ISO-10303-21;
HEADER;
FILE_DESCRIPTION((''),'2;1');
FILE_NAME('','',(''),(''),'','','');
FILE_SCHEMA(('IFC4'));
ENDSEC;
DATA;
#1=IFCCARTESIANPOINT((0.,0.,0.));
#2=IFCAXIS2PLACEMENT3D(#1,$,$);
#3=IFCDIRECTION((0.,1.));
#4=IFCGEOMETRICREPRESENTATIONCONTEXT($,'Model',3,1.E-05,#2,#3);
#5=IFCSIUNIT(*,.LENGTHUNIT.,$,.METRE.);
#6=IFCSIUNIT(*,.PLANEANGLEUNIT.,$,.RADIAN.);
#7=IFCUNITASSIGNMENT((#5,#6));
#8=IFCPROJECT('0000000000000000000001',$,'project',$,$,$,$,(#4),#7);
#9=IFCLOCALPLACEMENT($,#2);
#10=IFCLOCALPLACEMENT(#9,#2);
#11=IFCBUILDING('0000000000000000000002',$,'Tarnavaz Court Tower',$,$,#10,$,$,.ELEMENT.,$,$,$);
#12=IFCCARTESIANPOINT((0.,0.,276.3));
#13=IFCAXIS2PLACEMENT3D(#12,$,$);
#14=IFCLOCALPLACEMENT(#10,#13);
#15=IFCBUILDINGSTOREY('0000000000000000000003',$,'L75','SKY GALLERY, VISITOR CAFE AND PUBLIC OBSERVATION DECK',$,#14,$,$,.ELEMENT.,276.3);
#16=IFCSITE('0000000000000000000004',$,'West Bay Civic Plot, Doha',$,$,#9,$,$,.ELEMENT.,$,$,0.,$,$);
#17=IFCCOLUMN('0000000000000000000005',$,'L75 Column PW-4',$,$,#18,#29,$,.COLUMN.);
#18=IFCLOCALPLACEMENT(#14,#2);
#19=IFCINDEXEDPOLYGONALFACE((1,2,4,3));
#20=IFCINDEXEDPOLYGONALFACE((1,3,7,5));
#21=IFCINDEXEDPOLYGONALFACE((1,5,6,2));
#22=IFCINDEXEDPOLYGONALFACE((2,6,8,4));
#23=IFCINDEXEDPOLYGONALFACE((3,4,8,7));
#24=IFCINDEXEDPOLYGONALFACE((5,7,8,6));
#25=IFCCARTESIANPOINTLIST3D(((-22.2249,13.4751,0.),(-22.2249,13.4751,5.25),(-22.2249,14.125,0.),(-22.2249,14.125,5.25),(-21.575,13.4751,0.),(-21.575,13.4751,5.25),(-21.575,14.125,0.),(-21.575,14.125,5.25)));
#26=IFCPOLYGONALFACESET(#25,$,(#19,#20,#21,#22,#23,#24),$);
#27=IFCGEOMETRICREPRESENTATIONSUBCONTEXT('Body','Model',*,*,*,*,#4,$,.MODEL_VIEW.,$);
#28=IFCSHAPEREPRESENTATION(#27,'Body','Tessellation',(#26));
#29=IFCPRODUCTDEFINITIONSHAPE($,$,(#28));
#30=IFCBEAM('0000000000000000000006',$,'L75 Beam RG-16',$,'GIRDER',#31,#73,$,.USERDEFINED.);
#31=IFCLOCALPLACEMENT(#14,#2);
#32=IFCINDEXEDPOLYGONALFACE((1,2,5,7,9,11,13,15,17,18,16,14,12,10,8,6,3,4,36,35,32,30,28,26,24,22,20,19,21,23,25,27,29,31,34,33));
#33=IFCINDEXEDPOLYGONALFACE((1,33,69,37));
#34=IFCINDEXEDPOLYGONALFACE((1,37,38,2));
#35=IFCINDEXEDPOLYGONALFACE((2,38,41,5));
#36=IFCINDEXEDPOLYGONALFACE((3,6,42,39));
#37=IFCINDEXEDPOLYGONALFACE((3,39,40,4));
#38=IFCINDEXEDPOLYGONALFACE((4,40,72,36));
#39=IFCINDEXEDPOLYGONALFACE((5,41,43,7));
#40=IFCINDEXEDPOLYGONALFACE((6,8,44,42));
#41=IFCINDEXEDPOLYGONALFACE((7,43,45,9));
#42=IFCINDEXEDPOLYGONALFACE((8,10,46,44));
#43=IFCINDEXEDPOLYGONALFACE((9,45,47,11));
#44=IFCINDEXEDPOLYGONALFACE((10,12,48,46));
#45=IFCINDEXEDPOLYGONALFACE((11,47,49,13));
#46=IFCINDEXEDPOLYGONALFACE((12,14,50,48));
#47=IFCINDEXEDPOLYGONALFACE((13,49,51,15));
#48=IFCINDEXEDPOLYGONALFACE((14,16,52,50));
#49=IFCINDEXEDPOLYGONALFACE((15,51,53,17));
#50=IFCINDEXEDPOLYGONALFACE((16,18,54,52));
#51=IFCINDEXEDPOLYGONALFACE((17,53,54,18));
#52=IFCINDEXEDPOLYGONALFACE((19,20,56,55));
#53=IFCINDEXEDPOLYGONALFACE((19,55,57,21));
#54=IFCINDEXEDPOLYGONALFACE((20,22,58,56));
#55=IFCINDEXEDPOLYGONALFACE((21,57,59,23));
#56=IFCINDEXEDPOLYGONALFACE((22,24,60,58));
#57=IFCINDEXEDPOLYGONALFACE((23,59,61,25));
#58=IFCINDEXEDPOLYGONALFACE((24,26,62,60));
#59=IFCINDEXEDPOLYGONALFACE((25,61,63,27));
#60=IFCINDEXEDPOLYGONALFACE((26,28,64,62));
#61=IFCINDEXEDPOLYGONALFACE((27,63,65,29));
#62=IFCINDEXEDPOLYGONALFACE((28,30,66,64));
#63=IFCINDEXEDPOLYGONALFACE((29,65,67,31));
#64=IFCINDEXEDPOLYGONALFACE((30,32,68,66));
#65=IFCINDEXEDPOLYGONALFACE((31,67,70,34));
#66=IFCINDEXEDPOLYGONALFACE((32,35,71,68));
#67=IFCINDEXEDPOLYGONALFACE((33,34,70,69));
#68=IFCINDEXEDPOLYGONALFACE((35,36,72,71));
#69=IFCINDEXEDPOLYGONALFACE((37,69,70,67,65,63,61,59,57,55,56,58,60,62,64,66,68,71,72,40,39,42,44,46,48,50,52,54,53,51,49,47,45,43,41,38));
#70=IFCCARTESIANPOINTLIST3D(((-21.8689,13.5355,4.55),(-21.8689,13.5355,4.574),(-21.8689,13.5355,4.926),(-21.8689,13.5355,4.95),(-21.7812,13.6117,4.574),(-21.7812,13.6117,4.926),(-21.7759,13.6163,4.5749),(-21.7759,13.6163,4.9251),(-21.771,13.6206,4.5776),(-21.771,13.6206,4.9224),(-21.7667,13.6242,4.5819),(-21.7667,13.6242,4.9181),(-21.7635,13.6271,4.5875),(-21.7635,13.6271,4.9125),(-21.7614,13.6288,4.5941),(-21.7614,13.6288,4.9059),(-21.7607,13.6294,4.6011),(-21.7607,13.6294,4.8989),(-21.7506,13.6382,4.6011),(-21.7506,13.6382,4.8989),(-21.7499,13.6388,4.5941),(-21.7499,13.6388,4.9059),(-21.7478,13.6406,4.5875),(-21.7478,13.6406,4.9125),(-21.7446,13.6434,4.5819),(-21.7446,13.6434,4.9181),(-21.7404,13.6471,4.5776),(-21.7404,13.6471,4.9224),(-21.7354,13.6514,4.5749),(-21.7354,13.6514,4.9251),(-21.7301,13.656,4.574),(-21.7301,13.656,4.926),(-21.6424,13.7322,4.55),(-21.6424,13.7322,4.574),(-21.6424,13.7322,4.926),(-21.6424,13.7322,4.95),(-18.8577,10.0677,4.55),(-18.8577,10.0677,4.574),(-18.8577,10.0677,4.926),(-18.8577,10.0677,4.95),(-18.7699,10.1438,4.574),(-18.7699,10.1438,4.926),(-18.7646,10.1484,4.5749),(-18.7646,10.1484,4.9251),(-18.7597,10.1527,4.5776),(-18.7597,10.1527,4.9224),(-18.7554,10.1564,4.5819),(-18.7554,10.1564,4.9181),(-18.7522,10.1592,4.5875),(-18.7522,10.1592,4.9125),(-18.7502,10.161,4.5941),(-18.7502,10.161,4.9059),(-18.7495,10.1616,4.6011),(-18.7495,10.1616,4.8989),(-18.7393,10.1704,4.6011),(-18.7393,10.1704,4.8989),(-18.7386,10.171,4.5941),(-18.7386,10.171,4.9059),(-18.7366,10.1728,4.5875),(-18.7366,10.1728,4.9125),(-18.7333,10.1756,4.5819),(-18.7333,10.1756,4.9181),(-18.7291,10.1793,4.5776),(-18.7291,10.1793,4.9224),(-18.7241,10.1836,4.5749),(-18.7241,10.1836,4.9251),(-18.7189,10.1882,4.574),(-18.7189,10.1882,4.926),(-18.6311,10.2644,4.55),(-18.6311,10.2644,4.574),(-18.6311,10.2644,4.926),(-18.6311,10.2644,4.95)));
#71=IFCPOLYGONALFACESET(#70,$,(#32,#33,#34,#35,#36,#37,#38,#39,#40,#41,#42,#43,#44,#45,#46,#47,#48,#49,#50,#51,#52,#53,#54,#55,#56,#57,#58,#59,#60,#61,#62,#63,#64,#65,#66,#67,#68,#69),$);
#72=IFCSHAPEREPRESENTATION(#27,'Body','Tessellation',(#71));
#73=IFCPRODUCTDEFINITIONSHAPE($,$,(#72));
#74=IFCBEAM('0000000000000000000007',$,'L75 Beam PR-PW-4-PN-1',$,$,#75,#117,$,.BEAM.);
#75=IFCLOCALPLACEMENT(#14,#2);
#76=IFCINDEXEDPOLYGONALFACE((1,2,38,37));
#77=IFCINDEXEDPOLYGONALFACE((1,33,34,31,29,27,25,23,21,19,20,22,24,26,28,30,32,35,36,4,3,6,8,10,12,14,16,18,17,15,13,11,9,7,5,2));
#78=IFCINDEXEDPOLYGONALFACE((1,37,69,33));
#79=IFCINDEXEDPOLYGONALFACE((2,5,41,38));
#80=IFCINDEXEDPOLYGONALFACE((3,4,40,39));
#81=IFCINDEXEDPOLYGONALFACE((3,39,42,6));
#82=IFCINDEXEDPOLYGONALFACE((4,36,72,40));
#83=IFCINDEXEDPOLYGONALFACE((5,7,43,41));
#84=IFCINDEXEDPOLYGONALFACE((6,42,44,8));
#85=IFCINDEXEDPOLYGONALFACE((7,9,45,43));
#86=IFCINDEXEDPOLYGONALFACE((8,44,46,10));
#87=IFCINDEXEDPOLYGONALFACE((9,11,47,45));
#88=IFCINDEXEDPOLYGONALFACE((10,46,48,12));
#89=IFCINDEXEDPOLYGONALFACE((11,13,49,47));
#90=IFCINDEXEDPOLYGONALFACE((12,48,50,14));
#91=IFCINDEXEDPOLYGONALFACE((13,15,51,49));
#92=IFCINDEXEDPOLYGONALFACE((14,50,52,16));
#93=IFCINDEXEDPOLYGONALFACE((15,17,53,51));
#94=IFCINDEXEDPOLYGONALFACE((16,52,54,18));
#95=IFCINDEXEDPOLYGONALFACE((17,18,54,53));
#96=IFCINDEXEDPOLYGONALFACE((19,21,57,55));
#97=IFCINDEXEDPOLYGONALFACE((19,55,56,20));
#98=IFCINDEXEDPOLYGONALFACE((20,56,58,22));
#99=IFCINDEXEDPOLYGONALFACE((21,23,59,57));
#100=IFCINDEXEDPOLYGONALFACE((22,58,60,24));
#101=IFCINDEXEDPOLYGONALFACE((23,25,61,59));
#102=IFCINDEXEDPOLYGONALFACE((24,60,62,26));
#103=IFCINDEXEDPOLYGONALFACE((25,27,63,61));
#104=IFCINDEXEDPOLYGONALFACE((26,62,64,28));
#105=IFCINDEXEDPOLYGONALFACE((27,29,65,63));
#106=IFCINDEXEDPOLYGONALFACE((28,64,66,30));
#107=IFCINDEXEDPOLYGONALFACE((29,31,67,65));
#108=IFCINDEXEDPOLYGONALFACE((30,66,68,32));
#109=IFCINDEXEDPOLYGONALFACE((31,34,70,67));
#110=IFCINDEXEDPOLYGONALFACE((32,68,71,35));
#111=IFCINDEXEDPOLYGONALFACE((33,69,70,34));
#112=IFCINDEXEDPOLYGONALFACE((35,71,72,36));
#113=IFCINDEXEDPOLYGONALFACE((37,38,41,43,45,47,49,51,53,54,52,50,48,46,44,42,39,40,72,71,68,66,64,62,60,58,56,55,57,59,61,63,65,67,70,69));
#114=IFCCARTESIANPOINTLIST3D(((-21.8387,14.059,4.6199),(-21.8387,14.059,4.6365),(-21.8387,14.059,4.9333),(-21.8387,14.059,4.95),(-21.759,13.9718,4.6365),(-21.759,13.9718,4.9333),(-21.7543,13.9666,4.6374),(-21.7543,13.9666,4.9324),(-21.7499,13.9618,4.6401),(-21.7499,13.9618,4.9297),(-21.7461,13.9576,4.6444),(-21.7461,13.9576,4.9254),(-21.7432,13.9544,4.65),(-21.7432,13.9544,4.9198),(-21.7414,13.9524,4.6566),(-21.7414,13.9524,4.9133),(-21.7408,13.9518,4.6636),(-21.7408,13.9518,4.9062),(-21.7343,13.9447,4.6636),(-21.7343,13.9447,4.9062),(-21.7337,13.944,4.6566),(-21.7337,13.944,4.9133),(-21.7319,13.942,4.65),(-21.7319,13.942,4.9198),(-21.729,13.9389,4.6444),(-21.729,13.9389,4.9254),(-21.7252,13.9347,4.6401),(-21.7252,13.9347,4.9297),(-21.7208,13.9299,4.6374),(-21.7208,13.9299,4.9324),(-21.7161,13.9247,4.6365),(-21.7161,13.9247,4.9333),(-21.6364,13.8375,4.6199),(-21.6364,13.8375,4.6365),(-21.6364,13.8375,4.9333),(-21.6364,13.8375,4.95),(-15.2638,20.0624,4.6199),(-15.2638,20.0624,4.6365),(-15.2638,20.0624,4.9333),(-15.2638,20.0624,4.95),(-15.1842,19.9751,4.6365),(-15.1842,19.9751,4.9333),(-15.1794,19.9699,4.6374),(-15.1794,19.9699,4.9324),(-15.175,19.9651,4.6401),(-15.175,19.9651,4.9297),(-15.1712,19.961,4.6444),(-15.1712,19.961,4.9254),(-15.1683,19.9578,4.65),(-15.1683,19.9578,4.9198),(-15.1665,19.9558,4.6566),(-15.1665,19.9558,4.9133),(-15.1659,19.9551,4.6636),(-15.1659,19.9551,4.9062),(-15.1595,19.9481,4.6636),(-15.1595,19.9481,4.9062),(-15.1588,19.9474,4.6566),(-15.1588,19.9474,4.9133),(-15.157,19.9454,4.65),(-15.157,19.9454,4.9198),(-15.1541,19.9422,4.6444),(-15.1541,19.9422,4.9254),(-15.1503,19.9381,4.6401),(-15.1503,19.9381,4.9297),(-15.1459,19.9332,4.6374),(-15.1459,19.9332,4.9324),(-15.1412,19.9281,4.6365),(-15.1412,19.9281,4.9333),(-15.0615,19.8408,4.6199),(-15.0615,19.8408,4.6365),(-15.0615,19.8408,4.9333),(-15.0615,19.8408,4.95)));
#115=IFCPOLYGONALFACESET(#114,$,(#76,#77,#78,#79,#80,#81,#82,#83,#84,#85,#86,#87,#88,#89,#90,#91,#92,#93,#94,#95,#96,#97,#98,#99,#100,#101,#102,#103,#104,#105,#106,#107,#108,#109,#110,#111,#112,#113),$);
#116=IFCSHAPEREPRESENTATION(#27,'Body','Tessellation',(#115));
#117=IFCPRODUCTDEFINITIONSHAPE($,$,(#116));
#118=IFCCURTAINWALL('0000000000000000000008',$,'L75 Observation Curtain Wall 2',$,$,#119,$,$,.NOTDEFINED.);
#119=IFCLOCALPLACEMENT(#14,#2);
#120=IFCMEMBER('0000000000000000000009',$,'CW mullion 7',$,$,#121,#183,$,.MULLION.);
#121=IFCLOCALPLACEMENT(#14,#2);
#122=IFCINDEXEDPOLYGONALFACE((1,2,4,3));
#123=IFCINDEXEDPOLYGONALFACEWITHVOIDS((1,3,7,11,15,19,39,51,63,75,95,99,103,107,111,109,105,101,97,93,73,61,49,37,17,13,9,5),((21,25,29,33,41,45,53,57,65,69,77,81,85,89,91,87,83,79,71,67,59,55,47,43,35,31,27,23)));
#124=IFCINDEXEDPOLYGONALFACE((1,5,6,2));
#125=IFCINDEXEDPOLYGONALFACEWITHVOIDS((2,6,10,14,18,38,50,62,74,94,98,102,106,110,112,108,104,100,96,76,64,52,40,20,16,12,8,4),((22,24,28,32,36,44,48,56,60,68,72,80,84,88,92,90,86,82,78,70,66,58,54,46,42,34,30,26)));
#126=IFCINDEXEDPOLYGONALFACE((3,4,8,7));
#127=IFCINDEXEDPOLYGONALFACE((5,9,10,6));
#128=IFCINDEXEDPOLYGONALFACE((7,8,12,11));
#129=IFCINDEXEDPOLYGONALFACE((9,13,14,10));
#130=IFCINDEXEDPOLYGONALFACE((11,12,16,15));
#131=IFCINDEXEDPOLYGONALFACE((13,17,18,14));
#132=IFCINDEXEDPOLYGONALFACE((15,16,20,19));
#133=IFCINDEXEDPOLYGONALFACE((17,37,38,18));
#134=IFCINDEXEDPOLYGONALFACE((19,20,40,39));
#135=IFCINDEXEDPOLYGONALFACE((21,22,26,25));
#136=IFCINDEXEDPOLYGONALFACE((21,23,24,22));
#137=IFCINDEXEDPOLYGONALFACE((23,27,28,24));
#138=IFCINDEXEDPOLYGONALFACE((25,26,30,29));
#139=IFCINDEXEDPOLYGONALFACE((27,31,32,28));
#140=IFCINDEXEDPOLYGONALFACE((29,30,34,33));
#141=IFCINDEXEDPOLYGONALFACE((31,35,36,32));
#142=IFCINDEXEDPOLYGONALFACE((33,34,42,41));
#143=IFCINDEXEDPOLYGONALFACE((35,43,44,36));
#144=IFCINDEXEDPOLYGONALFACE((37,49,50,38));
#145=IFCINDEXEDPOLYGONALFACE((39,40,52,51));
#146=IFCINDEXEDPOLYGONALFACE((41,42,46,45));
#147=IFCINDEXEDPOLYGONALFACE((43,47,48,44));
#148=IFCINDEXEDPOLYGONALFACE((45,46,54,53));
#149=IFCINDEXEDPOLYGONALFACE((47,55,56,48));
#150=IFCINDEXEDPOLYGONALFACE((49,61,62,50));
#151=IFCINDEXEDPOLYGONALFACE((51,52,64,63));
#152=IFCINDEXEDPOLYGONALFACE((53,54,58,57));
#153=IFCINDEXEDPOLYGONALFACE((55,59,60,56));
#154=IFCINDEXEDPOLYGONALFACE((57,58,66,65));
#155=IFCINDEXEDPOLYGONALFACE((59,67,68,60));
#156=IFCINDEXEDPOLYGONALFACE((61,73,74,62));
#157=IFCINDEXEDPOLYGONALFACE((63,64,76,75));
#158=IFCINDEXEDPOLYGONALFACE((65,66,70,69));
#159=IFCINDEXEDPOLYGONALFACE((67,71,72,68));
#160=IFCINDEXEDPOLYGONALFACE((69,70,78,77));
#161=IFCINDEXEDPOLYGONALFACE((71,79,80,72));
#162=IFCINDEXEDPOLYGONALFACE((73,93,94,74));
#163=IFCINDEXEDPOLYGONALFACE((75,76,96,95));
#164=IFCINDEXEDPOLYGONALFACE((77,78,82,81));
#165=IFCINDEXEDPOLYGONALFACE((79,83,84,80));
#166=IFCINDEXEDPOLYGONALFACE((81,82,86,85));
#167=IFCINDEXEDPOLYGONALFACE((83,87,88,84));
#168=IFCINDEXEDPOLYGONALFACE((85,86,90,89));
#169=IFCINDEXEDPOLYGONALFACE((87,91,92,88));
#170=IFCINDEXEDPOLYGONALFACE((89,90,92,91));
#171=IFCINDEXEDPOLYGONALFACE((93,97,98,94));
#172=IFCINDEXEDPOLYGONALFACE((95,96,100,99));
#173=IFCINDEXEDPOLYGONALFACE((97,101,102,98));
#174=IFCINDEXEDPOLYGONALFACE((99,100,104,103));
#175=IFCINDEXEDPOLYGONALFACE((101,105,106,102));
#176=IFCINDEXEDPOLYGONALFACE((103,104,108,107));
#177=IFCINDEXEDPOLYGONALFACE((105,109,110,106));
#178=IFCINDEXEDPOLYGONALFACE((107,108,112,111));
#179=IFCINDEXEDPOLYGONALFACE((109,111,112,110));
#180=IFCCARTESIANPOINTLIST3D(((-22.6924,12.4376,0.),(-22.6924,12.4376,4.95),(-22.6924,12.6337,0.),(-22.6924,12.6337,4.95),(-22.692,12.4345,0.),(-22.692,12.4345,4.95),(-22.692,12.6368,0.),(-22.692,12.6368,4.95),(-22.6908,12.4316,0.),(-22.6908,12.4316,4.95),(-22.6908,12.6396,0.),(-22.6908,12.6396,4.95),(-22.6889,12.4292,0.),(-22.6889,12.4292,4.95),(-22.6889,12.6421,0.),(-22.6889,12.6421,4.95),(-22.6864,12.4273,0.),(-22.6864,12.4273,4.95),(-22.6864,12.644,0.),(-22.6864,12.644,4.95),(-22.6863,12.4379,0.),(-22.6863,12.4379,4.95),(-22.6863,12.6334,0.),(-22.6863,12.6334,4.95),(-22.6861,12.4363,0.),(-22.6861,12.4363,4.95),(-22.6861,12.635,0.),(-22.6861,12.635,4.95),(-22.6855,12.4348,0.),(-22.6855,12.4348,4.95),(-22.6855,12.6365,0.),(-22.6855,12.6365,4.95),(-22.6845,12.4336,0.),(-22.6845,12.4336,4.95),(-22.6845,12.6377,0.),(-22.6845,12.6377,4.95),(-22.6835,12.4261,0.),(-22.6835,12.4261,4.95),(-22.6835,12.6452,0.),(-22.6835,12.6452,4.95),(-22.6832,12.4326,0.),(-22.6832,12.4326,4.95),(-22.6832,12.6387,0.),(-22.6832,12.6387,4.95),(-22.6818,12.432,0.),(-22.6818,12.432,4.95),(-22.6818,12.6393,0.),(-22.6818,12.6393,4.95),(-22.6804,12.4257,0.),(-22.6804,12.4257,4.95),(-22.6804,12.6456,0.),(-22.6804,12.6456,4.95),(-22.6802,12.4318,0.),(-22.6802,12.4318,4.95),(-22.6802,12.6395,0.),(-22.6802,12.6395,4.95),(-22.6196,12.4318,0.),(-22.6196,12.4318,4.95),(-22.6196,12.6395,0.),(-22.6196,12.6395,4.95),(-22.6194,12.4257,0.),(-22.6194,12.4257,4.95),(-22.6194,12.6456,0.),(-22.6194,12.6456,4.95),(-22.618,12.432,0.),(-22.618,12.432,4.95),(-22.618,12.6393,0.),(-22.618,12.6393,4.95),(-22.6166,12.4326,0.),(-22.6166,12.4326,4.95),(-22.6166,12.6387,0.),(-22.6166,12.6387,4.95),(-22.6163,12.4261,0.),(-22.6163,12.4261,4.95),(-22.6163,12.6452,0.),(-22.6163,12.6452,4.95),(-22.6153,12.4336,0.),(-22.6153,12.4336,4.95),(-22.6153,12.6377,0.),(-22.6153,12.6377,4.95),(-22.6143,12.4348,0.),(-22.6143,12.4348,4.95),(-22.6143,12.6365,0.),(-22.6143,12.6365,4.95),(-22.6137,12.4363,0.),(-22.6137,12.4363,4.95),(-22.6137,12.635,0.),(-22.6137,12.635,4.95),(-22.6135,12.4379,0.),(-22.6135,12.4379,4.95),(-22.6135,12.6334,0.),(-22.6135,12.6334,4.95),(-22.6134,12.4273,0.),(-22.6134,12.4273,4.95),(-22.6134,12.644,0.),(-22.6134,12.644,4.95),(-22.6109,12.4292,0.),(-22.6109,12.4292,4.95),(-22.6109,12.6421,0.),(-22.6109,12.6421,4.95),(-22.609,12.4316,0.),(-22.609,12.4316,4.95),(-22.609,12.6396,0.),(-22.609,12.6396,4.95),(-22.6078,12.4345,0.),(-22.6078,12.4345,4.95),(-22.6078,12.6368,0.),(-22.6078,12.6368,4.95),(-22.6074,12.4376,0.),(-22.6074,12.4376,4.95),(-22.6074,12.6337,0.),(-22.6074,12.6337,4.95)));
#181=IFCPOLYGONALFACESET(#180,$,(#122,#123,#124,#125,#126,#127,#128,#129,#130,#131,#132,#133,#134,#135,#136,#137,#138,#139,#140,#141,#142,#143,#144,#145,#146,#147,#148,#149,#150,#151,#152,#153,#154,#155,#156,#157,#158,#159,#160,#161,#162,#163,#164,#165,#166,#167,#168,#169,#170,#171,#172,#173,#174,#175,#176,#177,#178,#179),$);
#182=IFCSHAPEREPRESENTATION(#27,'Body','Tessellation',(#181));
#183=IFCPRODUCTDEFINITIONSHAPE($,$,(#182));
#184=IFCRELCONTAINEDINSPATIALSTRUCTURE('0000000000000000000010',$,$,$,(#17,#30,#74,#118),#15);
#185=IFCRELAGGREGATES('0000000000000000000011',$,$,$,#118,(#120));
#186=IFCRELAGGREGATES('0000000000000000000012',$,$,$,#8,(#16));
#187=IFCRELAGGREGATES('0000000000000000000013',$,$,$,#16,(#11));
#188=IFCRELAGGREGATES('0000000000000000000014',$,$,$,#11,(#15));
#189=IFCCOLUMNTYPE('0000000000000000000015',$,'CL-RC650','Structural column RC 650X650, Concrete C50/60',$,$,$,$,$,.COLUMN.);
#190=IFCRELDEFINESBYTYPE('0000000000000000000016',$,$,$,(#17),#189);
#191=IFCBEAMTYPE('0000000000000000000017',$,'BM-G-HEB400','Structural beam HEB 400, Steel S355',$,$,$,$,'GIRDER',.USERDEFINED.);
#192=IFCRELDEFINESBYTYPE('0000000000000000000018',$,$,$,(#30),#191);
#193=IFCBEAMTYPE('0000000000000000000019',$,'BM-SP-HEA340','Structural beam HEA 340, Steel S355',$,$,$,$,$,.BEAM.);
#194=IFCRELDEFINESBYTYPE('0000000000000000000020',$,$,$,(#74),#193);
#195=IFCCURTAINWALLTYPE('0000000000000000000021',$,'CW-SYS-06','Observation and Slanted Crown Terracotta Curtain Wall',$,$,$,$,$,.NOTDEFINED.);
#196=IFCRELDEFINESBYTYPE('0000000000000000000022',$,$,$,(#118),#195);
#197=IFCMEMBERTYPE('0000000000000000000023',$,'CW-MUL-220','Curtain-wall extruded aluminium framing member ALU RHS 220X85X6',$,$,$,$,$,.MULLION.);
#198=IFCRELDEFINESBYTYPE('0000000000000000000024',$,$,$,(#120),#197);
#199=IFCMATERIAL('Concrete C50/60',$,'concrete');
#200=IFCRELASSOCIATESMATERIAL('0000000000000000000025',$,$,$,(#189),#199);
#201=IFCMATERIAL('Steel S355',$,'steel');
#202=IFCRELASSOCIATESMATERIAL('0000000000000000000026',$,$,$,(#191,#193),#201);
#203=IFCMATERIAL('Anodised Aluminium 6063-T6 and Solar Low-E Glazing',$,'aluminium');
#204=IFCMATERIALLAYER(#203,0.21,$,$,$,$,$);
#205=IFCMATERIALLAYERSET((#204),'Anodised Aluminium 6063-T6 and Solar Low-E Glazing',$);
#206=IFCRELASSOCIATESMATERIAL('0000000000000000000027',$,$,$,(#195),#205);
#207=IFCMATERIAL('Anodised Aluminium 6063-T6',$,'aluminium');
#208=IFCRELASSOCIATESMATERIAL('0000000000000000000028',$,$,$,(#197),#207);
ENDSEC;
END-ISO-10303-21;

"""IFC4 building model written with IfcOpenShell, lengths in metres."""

from ifc_helpers import new_model, si_unit, direction, frame, origin, origin_2d, place, context, subcontext, project, spatial, rectangle, hollow_rectangle, i_section, extrude, material, layer, layer_set, material_profile, profile_set, type_object, element, aggregate, save


model = new_model("IFC4")

# Units and contexts
model_context = context("Model", 3, precision=1e-05, world=origin(), true_north=direction((0.0, 1.0)))
body_context = subcontext(model_context, "Body", "Model", "MODEL_VIEW")
ifc_project = project(units=[si_unit("LENGTHUNIT", "METRE"), si_unit("PLANEANGLEUNIT", "RADIAN")], contexts=[model_context])

# Site, building, storey
site_placement = place(None, origin())
site = spatial("IfcSite", under=ifc_project, at=site_placement, Name="West Bay Civic Plot, Doha", CompositionType="ELEMENT", RefElevation=0.0)
building_placement = place(site_placement, origin())
building = spatial("IfcBuilding", under=site, at=building_placement, Name="Tarnavaz Court Tower", CompositionType="ELEMENT")
storey_placement = place(building_placement, frame((0.0, 0.0, 276.3)))
storey = spatial("IfcBuildingStorey", under=building, at=storey_placement, Name="L75", Description="SKY GALLERY, VISITOR CAFE AND PUBLIC OBSERVATION DECK", CompositionType="ELEMENT", Elevation=276.3)

# Column
ifc_material_1 = material(Name="Concrete C50/60", Category="concrete")
ifc_material_profile_1 = material_profile(ifc_material_1, rectangle(XDim=0.6499, YDim=0.6499, at=origin_2d()), Name="RC 650X650")
ifc_profile_set_1 = profile_set([ifc_material_profile_1], Name="Concrete C50/60")
column_type = type_object("IfcColumnType", Name="CL-RC650", Description="Structural column RC 650X650, Concrete C50/60", PredefinedType="COLUMN", material=ifc_profile_set_1)
column_placement = place(storey_placement, frame((-21.8999, 13.8, 0.0), z_axis=(0.0, 0.0, 1.0), x_axis=(1.0, 0.0, 0.0)))
element("IfcColumn", 1, at=column_placement, inside=storey, type_object=column_type, Name="L75 Column PW-4", PredefinedType="COLUMN", context=body_context, shape_type="SweptSolid", body=[
    extrude(rectangle(XDim=0.6499, YDim=0.6499, at=origin_2d()), origin(), (0.0, 0.0, 1.0), 5.25),
])

# Beams
ifc_material_2 = material(Name="Steel S355", Category="steel")
ifc_material_profile_2 = material_profile(ifc_material_2, i_section(OverallWidth=0.3, OverallDepth=0.3999, WebThickness=0.0134, FlangeThickness=0.0239, FilletRadius=0.0271, at=origin_2d()), Name="HEB 400")
ifc_profile_set_2 = profile_set([ifc_material_profile_2], Name="Steel S355")
beam_type_1 = type_object("IfcBeamType", Name="BM-G-HEB400", Description="Structural beam HEB 400, Steel S355", ElementType="GIRDER", PredefinedType="USERDEFINED", material=ifc_profile_set_2)
beam_1_placement = place(storey_placement, frame((-18.7444, 10.166, 4.75), z_axis=(-0.655655, 0.755061, 0.0), x_axis=(-0.755061, -0.655655, 0.0)))
element("IfcBeam", 2, at=beam_1_placement, inside=storey, type_object=beam_type_1, Name="L75 Beam RG-16", ObjectType="GIRDER", PredefinedType="USERDEFINED", context=body_context, shape_type="SweptSolid", body=[
    extrude(i_section(OverallWidth=0.3, OverallDepth=0.3999, WebThickness=0.0134, FlangeThickness=0.0239, FilletRadius=0.0271, at=origin_2d()), origin(), (0.0, 0.0, 1.0), 4.5928),
])
ifc_material_profile_3 = material_profile(ifc_material_2, i_section(OverallWidth=0.3, OverallDepth=0.3301, WebThickness=0.0095, FlangeThickness=0.0166, FilletRadius=0.0271, at=origin_2d()), Name="HEA 340")
ifc_profile_set_3 = profile_set([ifc_material_profile_3], Name="Steel S355")
beam_type_2 = type_object("IfcBeamType", Name="BM-SP-HEA340", Description="Structural beam HEA 340, Steel S355", PredefinedType="BEAM", material=ifc_profile_set_3)
beam_2_placement = place(storey_placement, frame((-21.7375, 13.9482, 4.7849), z_axis=(0.738474, 0.674282, 0.0), x_axis=(-0.674282, 0.738474, 0.0)))
element("IfcBeam", 3, at=beam_2_placement, inside=storey, type_object=beam_type_2, Name="L75 Beam PR-PW-4-PN-1", PredefinedType="BEAM", context=body_context, shape_type="SweptSolid", body=[
    extrude(i_section(OverallWidth=0.3, OverallDepth=0.3301, WebThickness=0.0095, FlangeThickness=0.0166, FilletRadius=0.0271, at=origin_2d()), origin(), (0.0, 0.0, 1.0), 8.9033),
])

# Curtain wall, member
ifc_material_3 = material(Name="Anodised Aluminium 6063-T6 and Solar Low-E Glazing", Category="aluminium")
ifc_layer_1 = layer(ifc_material_3, 0.21)
ifc_layer_set_1 = layer_set([ifc_layer_1], Name="Anodised Aluminium 6063-T6 and Solar Low-E Glazing")
curtain_wall_type = type_object("IfcCurtainWallType", Name="CW-SYS-06", Description="Observation and Slanted Crown Terracotta Curtain Wall", PredefinedType="NOTDEFINED", material=ifc_layer_set_1)
curtain_wall_placement = place(storey_placement, origin())
curtain_wall = element("IfcCurtainWall", 4, at=curtain_wall_placement, inside=storey, type_object=curtain_wall_type, Name="L75 Observation Curtain Wall 2", PredefinedType="NOTDEFINED")
ifc_material_4 = material(Name="Anodised Aluminium 6063-T6", Category="aluminium")
ifc_material_profile_4 = material_profile(ifc_material_4, hollow_rectangle(XDim=0.085, YDim=0.22, WallThickness=0.0061, InnerFilletRadius=0.0061, OuterFilletRadius=0.012, at=origin_2d()), Name="ALU RHS 220X85X6")
ifc_profile_set_4 = profile_set([ifc_material_profile_4], Name="Anodised Aluminium 6063-T6")
member_type_1 = type_object("IfcMemberType", Name="CW-MUL-220", Description="Curtain-wall extruded aluminium framing member ALU RHS 220X85X6", PredefinedType="MULLION", material=ifc_profile_set_4)
member_1_placement = place(storey_placement, frame((-22.6499, 12.5356, 0.0), z_axis=(0.0, 0.0, 1.0), x_axis=(-1.0, 0.0, 0.0)))
member_1 = element("IfcMember", 5, at=member_1_placement, type_object=member_type_1, Name="CW mullion 7", PredefinedType="MULLION", context=body_context, shape_type="SweptSolid", body=[
    extrude(hollow_rectangle(XDim=0.085, YDim=0.22, WallThickness=0.0061, InnerFilletRadius=0.0061, OuterFilletRadius=0.012, at=origin_2d()), origin(), (0.0, 0.0, 1.0), 4.95),
])
aggregate(curtain_wall, [member_1])

save(model, "model.ifc")
